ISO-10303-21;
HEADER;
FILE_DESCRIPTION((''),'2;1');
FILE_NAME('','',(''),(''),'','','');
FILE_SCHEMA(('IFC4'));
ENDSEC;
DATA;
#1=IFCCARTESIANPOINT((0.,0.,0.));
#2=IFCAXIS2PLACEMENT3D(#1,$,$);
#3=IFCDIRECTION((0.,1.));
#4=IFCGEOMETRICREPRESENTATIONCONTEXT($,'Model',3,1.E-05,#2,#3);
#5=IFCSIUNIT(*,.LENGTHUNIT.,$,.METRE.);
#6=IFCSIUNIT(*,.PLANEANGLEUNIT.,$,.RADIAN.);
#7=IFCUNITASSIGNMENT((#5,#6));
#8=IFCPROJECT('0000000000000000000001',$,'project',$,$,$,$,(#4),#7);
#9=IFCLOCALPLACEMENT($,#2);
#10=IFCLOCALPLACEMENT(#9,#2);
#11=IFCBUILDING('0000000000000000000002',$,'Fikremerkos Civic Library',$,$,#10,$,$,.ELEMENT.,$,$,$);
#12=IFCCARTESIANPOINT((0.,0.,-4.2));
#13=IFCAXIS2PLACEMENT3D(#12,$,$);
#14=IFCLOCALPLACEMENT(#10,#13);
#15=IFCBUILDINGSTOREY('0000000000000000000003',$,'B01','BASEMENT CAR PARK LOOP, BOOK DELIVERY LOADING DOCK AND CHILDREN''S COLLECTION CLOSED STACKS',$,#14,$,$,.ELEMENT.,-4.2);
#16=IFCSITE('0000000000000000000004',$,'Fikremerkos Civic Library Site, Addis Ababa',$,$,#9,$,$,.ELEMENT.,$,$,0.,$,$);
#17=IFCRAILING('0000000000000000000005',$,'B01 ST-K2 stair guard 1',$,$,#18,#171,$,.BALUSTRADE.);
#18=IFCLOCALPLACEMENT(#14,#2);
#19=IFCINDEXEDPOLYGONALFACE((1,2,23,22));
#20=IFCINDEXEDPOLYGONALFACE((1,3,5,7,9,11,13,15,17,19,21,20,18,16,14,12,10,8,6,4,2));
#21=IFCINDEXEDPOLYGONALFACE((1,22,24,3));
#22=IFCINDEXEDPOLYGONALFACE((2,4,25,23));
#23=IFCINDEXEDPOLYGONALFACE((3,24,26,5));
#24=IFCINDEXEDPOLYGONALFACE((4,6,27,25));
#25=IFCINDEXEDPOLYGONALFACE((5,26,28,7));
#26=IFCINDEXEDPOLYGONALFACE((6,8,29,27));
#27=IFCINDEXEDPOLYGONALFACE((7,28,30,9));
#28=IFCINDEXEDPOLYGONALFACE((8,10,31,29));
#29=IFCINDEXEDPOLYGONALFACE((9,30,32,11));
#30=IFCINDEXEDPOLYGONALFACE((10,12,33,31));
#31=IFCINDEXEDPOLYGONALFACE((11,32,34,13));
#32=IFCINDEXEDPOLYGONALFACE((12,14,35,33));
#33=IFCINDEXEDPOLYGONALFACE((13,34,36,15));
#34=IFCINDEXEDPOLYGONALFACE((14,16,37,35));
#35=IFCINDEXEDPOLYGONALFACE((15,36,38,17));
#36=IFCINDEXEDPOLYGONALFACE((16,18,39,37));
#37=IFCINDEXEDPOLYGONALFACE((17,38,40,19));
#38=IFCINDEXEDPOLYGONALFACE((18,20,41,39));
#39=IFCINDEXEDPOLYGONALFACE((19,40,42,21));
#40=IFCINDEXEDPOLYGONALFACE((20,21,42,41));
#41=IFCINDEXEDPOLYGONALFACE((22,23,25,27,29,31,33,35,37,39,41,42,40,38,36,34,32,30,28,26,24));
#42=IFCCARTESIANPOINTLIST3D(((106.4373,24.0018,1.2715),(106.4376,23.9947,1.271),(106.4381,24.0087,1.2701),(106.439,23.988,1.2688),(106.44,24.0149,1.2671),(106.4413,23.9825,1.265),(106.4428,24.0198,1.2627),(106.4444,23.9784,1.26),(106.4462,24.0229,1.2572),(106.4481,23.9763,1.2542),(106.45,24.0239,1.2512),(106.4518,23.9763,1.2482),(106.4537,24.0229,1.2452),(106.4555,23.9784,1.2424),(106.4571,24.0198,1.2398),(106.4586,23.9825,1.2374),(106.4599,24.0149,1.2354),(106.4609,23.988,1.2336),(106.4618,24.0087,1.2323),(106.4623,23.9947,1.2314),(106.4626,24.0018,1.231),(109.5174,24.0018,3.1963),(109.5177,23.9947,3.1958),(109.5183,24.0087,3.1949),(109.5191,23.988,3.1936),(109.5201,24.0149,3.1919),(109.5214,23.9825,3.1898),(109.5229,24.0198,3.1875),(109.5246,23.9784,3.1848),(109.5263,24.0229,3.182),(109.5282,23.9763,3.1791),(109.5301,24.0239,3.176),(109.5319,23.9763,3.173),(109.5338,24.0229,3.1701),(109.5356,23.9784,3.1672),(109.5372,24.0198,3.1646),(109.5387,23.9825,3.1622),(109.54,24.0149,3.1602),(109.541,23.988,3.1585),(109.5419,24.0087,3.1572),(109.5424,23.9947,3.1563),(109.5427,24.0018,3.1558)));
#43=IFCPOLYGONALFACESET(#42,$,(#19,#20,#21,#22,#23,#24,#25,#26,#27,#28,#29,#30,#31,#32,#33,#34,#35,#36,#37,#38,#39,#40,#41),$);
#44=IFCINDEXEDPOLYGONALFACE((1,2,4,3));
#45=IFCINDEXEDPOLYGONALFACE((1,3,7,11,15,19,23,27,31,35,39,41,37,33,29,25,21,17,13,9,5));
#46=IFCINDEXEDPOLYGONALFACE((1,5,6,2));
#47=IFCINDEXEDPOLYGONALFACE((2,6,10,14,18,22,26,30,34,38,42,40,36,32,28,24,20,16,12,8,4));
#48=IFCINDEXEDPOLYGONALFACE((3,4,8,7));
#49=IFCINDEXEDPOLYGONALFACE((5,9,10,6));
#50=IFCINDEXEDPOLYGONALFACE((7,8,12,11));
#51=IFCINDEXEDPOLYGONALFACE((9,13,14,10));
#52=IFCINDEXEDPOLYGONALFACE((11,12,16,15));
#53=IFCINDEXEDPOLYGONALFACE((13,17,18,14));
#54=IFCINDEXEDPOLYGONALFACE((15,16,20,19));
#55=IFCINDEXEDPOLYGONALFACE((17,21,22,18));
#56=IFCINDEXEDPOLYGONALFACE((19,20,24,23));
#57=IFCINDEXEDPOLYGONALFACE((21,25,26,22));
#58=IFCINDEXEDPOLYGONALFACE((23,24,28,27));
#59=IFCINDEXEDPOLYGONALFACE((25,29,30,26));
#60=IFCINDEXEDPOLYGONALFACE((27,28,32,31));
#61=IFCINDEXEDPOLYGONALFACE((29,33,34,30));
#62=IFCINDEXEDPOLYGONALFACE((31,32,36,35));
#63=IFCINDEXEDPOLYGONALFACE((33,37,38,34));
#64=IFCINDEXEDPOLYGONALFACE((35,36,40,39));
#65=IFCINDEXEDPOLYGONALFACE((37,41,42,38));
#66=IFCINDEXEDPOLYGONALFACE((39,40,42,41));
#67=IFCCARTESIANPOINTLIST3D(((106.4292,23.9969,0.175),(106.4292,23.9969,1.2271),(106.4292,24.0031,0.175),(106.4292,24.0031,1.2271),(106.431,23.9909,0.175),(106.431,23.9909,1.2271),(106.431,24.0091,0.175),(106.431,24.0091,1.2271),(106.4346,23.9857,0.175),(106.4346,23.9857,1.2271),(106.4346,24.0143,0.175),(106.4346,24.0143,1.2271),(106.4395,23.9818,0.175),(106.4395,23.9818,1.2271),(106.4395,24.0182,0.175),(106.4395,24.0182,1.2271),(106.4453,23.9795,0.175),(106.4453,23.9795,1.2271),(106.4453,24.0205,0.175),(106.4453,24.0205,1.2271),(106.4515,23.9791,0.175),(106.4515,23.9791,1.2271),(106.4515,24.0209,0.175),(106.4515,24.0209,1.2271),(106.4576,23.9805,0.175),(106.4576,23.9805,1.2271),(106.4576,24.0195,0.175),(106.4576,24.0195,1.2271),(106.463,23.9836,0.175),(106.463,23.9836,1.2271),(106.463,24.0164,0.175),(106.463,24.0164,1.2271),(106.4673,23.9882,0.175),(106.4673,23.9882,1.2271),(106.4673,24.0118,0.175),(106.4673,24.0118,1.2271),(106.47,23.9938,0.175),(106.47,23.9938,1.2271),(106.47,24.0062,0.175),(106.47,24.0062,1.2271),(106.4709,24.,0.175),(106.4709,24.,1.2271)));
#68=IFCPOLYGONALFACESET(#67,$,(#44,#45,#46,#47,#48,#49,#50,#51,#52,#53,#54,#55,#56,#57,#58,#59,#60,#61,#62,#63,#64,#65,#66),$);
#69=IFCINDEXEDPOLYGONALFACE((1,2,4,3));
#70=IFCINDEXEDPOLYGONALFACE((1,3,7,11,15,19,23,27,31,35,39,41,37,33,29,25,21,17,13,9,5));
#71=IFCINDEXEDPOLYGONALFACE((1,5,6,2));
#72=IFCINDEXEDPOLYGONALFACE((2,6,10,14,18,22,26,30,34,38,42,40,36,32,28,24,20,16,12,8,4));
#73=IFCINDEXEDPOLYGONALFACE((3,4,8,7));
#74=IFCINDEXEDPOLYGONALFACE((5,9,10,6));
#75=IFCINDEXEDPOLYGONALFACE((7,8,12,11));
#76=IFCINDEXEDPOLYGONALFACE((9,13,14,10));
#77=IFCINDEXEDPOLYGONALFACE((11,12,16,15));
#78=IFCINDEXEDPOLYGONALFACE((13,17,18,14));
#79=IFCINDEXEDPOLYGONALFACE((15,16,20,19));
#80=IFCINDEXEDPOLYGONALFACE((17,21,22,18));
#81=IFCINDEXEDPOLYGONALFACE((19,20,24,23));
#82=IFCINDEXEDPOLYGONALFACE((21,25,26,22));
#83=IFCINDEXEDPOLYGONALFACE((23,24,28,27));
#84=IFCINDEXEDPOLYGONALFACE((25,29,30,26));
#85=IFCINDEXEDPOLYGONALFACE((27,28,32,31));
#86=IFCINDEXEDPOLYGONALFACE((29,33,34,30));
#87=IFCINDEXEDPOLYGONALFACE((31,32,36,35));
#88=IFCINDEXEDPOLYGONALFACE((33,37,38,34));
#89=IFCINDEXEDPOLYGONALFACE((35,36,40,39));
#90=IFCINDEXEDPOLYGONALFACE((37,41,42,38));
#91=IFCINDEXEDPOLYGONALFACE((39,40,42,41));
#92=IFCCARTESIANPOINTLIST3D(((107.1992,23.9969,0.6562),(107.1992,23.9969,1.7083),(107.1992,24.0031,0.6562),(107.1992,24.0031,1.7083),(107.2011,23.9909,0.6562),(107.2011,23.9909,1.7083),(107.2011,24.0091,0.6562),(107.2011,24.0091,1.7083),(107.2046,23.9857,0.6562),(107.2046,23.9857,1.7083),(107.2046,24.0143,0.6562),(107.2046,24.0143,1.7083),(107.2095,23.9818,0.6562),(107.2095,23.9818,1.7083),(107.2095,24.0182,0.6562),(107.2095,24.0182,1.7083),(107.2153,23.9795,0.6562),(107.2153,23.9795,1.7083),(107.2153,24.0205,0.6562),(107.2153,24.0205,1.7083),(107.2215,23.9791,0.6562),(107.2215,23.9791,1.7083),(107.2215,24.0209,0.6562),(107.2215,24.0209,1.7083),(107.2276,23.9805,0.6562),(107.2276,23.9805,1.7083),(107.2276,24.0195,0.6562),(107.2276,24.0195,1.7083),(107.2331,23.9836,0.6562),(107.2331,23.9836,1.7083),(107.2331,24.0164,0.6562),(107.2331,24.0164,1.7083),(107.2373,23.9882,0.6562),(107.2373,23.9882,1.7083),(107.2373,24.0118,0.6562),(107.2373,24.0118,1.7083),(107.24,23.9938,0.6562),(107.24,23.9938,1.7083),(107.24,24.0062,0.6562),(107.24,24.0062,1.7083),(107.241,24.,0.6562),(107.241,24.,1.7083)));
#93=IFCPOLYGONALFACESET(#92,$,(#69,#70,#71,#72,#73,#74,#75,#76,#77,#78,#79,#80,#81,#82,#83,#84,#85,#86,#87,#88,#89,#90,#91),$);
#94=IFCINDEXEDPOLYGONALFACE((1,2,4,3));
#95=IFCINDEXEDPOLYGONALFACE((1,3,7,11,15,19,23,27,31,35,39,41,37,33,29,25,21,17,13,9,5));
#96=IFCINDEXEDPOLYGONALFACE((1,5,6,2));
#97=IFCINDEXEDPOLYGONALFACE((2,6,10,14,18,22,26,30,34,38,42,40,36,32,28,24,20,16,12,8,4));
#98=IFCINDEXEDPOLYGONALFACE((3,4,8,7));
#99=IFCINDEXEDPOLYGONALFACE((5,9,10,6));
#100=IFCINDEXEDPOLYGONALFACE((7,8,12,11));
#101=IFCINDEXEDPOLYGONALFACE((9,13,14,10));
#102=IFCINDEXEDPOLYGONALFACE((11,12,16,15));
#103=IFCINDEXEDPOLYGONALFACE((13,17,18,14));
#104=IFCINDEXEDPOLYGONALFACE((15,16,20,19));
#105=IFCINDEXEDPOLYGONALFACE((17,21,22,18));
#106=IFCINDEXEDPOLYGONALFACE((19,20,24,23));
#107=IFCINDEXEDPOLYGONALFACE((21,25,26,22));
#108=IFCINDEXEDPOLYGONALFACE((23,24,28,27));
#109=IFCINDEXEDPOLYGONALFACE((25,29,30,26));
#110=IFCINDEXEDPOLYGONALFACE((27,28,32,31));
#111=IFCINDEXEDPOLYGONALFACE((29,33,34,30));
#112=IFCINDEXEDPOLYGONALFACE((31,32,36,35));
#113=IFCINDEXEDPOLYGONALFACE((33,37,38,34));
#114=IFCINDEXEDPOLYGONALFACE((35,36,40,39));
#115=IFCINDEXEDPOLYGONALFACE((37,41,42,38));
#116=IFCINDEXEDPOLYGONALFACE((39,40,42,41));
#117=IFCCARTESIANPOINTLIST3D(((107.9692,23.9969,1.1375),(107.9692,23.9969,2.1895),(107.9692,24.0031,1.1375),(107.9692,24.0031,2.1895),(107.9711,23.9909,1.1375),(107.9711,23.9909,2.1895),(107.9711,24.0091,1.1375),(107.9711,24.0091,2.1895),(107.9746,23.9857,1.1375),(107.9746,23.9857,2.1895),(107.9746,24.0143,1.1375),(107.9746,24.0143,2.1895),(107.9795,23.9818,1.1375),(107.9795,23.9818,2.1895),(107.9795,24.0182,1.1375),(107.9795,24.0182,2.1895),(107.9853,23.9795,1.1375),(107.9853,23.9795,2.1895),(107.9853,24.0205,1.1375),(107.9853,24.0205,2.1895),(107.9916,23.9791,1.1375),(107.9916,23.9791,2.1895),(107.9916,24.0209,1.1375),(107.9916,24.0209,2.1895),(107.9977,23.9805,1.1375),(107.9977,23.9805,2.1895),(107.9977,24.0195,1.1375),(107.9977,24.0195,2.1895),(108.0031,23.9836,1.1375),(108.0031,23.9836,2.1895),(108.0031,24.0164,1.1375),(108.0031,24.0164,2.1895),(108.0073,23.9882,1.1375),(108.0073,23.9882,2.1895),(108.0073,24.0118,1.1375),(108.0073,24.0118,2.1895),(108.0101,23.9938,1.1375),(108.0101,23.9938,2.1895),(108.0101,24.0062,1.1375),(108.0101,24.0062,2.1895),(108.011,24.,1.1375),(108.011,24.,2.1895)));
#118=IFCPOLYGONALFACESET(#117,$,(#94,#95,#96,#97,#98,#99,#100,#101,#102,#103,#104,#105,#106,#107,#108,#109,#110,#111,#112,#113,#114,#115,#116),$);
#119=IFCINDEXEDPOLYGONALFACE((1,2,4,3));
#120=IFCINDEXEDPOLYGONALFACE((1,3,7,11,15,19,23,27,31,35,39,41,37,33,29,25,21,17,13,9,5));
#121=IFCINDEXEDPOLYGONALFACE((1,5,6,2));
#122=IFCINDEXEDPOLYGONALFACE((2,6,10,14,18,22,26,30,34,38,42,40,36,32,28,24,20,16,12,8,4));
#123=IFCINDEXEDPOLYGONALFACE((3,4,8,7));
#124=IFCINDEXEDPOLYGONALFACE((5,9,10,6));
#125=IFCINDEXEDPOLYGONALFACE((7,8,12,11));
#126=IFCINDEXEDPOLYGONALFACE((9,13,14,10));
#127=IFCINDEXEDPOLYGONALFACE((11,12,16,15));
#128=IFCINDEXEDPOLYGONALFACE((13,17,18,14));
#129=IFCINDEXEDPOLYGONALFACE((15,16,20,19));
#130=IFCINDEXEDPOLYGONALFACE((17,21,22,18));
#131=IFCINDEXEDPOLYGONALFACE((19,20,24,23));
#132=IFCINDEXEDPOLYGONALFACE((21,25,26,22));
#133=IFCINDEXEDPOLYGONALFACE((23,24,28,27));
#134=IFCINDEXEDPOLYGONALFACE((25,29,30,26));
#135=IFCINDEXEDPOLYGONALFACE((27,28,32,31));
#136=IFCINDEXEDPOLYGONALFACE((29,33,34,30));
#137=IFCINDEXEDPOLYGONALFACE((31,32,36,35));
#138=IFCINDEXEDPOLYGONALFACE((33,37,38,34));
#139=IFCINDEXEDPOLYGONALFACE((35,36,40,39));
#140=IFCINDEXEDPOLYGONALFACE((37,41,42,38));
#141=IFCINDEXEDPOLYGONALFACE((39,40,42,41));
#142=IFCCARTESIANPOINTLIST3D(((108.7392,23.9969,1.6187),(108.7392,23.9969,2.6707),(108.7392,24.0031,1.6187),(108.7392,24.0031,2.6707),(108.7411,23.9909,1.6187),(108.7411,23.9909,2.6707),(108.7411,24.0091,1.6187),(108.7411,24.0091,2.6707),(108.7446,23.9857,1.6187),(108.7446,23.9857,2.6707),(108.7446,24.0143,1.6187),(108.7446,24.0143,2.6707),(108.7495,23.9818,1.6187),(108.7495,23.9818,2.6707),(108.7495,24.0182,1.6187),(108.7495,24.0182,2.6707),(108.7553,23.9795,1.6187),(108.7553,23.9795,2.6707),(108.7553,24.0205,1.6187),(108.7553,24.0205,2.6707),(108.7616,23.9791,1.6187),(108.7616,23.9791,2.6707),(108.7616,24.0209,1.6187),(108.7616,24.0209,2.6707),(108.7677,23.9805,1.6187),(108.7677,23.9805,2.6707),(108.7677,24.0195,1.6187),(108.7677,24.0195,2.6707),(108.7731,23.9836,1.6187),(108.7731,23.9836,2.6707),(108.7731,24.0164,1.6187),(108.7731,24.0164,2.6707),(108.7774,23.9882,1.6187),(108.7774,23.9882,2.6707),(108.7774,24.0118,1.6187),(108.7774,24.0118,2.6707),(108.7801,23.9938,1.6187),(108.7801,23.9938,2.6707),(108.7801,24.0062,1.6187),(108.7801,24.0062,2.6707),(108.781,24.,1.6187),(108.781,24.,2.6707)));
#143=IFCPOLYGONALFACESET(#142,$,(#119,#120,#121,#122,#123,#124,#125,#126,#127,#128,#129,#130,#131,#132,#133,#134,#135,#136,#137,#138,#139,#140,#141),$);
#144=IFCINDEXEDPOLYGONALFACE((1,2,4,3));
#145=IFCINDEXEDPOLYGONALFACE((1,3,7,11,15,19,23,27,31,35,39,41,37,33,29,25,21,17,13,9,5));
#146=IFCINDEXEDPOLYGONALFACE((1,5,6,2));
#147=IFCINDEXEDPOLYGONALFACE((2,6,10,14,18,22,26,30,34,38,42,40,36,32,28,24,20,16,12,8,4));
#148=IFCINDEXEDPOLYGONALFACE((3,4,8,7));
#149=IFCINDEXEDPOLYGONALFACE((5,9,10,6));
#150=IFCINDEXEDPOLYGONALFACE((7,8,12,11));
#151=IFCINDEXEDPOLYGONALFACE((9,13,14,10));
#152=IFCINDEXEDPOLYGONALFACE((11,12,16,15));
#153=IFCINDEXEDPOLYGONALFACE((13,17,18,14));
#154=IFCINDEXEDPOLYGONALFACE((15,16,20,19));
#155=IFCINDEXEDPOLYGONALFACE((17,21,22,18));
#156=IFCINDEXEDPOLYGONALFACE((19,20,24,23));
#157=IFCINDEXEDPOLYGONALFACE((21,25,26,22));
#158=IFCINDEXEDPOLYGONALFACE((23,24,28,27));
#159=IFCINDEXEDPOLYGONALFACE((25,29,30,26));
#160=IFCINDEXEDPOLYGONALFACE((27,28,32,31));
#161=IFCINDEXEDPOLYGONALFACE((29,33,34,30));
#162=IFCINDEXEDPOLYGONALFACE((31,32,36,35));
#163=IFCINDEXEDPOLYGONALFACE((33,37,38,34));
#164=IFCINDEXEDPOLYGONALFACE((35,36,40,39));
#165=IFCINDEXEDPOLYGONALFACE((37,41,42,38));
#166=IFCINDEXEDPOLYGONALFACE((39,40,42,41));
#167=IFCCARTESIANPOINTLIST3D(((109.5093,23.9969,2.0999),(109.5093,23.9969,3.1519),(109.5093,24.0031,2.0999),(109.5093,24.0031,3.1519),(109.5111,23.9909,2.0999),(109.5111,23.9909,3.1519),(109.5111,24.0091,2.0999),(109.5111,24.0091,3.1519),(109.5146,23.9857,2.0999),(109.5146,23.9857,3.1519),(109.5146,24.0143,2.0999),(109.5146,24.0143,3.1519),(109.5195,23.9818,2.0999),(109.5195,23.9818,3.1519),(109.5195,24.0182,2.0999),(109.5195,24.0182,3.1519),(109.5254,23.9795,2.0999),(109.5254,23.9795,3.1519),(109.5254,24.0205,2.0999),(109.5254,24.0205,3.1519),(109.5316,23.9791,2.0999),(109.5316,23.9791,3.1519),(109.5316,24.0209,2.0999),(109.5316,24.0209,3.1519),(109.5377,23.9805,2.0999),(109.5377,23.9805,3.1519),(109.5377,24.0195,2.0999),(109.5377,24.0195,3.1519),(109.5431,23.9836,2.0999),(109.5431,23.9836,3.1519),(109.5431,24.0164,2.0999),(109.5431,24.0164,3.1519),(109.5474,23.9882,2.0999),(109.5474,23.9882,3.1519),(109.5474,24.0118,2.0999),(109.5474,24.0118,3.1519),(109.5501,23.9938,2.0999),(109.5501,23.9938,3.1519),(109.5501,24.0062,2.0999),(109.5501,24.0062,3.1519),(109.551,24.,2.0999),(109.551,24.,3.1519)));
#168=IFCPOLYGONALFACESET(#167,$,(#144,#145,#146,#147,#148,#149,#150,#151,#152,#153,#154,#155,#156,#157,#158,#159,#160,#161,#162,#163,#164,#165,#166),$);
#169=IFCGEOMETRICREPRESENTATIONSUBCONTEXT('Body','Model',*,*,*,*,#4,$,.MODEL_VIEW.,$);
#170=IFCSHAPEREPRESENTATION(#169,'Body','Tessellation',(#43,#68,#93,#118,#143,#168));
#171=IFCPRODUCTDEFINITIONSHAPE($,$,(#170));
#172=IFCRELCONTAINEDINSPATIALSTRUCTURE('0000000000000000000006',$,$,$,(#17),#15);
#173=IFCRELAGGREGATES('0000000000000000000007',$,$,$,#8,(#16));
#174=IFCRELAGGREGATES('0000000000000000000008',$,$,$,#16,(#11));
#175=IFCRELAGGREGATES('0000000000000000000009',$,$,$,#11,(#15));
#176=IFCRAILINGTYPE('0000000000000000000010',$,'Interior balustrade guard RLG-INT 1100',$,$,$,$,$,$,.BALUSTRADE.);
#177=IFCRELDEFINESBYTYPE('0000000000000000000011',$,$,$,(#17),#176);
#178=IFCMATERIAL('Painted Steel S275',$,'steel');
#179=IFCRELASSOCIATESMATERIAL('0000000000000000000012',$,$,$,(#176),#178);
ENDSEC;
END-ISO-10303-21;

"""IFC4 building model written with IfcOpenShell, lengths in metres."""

from ifc_helpers import new_model, si_unit, direction, frame, origin, origin_2d, place, context, subcontext, project, spatial, circle, extrude, material, type_object, element, save


model = new_model("IFC4")

# Units and contexts
model_context = context("Model", 3, precision=1e-05, world=origin(), true_north=direction((0.0, 1.0)))
body_context = subcontext(model_context, "Body", "Model", "MODEL_VIEW")
ifc_project = project(units=[si_unit("LENGTHUNIT", "METRE"), si_unit("PLANEANGLEUNIT", "RADIAN")], contexts=[model_context])

# Site, building, storey
site_placement = place(None, origin())
site = spatial("IfcSite", under=ifc_project, at=site_placement, Name="Fikremerkos Civic Library Site, Addis Ababa", CompositionType="ELEMENT", RefElevation=0.0)
building_placement = place(site_placement, origin())
building = spatial("IfcBuilding", under=site, at=building_placement, Name="Fikremerkos Civic Library", CompositionType="ELEMENT")
storey_placement = place(building_placement, frame((0.0, 0.0, -4.2)))
storey = spatial("IfcBuildingStorey", under=building, at=storey_placement, Name="B01", Description="BASEMENT CAR PARK LOOP, BOOK DELIVERY LOADING DOCK AND CHILDREN'S COLLECTION CLOSED STACKS", CompositionType="ELEMENT", Elevation=-4.2)

# Railing
ifc_material_1 = material(Name="Painted Steel S275", Category="steel")
railing_type_1 = type_object("IfcRailingType", Name="Interior balustrade guard RLG-INT 1100", PredefinedType="BALUSTRADE", material=ifc_material_1)
railing_1_placement = place(storey_placement, frame((106.45, 24.0, 0.175)))
element("IfcRailing", 1, at=railing_1_placement, inside=storey, type_object=railing_type_1, Name="B01 ST-K2 stair guard 1", PredefinedType="BALUSTRADE", context=body_context, shape_type="SweptSolid", body=[
    extrude(circle(Radius=0.0239, at=origin_2d()), frame((0.0, 0.0, 1.0762), z_axis=(0.848029, 0.0, 0.529951), x_axis=(0.0, 1.0, 0.0)), (0.0, 0.0, 1.0), 3.6321),
    extrude(circle(Radius=0.021, at=origin_2d()), origin(), (0.0, 0.0, 1.0), 1.052),
    extrude(circle(Radius=0.021, at=origin_2d()), frame((0.77, 0.0, 0.4812)), (0.0, 0.0, 1.0), 1.052),
    extrude(circle(Radius=0.021, at=origin_2d()), frame((1.54, 0.0, 0.9624)), (0.0, 0.0, 1.0), 1.052),
    extrude(circle(Radius=0.021, at=origin_2d()), frame((2.3101, 0.0, 1.4436)), (0.0, 0.0, 1.0), 1.052),
    extrude(circle(Radius=0.021, at=origin_2d()), frame((3.0801, 0.0, 1.9248)), (0.0, 0.0, 1.0), 1.052),
])

save(model, "model.ifc")
